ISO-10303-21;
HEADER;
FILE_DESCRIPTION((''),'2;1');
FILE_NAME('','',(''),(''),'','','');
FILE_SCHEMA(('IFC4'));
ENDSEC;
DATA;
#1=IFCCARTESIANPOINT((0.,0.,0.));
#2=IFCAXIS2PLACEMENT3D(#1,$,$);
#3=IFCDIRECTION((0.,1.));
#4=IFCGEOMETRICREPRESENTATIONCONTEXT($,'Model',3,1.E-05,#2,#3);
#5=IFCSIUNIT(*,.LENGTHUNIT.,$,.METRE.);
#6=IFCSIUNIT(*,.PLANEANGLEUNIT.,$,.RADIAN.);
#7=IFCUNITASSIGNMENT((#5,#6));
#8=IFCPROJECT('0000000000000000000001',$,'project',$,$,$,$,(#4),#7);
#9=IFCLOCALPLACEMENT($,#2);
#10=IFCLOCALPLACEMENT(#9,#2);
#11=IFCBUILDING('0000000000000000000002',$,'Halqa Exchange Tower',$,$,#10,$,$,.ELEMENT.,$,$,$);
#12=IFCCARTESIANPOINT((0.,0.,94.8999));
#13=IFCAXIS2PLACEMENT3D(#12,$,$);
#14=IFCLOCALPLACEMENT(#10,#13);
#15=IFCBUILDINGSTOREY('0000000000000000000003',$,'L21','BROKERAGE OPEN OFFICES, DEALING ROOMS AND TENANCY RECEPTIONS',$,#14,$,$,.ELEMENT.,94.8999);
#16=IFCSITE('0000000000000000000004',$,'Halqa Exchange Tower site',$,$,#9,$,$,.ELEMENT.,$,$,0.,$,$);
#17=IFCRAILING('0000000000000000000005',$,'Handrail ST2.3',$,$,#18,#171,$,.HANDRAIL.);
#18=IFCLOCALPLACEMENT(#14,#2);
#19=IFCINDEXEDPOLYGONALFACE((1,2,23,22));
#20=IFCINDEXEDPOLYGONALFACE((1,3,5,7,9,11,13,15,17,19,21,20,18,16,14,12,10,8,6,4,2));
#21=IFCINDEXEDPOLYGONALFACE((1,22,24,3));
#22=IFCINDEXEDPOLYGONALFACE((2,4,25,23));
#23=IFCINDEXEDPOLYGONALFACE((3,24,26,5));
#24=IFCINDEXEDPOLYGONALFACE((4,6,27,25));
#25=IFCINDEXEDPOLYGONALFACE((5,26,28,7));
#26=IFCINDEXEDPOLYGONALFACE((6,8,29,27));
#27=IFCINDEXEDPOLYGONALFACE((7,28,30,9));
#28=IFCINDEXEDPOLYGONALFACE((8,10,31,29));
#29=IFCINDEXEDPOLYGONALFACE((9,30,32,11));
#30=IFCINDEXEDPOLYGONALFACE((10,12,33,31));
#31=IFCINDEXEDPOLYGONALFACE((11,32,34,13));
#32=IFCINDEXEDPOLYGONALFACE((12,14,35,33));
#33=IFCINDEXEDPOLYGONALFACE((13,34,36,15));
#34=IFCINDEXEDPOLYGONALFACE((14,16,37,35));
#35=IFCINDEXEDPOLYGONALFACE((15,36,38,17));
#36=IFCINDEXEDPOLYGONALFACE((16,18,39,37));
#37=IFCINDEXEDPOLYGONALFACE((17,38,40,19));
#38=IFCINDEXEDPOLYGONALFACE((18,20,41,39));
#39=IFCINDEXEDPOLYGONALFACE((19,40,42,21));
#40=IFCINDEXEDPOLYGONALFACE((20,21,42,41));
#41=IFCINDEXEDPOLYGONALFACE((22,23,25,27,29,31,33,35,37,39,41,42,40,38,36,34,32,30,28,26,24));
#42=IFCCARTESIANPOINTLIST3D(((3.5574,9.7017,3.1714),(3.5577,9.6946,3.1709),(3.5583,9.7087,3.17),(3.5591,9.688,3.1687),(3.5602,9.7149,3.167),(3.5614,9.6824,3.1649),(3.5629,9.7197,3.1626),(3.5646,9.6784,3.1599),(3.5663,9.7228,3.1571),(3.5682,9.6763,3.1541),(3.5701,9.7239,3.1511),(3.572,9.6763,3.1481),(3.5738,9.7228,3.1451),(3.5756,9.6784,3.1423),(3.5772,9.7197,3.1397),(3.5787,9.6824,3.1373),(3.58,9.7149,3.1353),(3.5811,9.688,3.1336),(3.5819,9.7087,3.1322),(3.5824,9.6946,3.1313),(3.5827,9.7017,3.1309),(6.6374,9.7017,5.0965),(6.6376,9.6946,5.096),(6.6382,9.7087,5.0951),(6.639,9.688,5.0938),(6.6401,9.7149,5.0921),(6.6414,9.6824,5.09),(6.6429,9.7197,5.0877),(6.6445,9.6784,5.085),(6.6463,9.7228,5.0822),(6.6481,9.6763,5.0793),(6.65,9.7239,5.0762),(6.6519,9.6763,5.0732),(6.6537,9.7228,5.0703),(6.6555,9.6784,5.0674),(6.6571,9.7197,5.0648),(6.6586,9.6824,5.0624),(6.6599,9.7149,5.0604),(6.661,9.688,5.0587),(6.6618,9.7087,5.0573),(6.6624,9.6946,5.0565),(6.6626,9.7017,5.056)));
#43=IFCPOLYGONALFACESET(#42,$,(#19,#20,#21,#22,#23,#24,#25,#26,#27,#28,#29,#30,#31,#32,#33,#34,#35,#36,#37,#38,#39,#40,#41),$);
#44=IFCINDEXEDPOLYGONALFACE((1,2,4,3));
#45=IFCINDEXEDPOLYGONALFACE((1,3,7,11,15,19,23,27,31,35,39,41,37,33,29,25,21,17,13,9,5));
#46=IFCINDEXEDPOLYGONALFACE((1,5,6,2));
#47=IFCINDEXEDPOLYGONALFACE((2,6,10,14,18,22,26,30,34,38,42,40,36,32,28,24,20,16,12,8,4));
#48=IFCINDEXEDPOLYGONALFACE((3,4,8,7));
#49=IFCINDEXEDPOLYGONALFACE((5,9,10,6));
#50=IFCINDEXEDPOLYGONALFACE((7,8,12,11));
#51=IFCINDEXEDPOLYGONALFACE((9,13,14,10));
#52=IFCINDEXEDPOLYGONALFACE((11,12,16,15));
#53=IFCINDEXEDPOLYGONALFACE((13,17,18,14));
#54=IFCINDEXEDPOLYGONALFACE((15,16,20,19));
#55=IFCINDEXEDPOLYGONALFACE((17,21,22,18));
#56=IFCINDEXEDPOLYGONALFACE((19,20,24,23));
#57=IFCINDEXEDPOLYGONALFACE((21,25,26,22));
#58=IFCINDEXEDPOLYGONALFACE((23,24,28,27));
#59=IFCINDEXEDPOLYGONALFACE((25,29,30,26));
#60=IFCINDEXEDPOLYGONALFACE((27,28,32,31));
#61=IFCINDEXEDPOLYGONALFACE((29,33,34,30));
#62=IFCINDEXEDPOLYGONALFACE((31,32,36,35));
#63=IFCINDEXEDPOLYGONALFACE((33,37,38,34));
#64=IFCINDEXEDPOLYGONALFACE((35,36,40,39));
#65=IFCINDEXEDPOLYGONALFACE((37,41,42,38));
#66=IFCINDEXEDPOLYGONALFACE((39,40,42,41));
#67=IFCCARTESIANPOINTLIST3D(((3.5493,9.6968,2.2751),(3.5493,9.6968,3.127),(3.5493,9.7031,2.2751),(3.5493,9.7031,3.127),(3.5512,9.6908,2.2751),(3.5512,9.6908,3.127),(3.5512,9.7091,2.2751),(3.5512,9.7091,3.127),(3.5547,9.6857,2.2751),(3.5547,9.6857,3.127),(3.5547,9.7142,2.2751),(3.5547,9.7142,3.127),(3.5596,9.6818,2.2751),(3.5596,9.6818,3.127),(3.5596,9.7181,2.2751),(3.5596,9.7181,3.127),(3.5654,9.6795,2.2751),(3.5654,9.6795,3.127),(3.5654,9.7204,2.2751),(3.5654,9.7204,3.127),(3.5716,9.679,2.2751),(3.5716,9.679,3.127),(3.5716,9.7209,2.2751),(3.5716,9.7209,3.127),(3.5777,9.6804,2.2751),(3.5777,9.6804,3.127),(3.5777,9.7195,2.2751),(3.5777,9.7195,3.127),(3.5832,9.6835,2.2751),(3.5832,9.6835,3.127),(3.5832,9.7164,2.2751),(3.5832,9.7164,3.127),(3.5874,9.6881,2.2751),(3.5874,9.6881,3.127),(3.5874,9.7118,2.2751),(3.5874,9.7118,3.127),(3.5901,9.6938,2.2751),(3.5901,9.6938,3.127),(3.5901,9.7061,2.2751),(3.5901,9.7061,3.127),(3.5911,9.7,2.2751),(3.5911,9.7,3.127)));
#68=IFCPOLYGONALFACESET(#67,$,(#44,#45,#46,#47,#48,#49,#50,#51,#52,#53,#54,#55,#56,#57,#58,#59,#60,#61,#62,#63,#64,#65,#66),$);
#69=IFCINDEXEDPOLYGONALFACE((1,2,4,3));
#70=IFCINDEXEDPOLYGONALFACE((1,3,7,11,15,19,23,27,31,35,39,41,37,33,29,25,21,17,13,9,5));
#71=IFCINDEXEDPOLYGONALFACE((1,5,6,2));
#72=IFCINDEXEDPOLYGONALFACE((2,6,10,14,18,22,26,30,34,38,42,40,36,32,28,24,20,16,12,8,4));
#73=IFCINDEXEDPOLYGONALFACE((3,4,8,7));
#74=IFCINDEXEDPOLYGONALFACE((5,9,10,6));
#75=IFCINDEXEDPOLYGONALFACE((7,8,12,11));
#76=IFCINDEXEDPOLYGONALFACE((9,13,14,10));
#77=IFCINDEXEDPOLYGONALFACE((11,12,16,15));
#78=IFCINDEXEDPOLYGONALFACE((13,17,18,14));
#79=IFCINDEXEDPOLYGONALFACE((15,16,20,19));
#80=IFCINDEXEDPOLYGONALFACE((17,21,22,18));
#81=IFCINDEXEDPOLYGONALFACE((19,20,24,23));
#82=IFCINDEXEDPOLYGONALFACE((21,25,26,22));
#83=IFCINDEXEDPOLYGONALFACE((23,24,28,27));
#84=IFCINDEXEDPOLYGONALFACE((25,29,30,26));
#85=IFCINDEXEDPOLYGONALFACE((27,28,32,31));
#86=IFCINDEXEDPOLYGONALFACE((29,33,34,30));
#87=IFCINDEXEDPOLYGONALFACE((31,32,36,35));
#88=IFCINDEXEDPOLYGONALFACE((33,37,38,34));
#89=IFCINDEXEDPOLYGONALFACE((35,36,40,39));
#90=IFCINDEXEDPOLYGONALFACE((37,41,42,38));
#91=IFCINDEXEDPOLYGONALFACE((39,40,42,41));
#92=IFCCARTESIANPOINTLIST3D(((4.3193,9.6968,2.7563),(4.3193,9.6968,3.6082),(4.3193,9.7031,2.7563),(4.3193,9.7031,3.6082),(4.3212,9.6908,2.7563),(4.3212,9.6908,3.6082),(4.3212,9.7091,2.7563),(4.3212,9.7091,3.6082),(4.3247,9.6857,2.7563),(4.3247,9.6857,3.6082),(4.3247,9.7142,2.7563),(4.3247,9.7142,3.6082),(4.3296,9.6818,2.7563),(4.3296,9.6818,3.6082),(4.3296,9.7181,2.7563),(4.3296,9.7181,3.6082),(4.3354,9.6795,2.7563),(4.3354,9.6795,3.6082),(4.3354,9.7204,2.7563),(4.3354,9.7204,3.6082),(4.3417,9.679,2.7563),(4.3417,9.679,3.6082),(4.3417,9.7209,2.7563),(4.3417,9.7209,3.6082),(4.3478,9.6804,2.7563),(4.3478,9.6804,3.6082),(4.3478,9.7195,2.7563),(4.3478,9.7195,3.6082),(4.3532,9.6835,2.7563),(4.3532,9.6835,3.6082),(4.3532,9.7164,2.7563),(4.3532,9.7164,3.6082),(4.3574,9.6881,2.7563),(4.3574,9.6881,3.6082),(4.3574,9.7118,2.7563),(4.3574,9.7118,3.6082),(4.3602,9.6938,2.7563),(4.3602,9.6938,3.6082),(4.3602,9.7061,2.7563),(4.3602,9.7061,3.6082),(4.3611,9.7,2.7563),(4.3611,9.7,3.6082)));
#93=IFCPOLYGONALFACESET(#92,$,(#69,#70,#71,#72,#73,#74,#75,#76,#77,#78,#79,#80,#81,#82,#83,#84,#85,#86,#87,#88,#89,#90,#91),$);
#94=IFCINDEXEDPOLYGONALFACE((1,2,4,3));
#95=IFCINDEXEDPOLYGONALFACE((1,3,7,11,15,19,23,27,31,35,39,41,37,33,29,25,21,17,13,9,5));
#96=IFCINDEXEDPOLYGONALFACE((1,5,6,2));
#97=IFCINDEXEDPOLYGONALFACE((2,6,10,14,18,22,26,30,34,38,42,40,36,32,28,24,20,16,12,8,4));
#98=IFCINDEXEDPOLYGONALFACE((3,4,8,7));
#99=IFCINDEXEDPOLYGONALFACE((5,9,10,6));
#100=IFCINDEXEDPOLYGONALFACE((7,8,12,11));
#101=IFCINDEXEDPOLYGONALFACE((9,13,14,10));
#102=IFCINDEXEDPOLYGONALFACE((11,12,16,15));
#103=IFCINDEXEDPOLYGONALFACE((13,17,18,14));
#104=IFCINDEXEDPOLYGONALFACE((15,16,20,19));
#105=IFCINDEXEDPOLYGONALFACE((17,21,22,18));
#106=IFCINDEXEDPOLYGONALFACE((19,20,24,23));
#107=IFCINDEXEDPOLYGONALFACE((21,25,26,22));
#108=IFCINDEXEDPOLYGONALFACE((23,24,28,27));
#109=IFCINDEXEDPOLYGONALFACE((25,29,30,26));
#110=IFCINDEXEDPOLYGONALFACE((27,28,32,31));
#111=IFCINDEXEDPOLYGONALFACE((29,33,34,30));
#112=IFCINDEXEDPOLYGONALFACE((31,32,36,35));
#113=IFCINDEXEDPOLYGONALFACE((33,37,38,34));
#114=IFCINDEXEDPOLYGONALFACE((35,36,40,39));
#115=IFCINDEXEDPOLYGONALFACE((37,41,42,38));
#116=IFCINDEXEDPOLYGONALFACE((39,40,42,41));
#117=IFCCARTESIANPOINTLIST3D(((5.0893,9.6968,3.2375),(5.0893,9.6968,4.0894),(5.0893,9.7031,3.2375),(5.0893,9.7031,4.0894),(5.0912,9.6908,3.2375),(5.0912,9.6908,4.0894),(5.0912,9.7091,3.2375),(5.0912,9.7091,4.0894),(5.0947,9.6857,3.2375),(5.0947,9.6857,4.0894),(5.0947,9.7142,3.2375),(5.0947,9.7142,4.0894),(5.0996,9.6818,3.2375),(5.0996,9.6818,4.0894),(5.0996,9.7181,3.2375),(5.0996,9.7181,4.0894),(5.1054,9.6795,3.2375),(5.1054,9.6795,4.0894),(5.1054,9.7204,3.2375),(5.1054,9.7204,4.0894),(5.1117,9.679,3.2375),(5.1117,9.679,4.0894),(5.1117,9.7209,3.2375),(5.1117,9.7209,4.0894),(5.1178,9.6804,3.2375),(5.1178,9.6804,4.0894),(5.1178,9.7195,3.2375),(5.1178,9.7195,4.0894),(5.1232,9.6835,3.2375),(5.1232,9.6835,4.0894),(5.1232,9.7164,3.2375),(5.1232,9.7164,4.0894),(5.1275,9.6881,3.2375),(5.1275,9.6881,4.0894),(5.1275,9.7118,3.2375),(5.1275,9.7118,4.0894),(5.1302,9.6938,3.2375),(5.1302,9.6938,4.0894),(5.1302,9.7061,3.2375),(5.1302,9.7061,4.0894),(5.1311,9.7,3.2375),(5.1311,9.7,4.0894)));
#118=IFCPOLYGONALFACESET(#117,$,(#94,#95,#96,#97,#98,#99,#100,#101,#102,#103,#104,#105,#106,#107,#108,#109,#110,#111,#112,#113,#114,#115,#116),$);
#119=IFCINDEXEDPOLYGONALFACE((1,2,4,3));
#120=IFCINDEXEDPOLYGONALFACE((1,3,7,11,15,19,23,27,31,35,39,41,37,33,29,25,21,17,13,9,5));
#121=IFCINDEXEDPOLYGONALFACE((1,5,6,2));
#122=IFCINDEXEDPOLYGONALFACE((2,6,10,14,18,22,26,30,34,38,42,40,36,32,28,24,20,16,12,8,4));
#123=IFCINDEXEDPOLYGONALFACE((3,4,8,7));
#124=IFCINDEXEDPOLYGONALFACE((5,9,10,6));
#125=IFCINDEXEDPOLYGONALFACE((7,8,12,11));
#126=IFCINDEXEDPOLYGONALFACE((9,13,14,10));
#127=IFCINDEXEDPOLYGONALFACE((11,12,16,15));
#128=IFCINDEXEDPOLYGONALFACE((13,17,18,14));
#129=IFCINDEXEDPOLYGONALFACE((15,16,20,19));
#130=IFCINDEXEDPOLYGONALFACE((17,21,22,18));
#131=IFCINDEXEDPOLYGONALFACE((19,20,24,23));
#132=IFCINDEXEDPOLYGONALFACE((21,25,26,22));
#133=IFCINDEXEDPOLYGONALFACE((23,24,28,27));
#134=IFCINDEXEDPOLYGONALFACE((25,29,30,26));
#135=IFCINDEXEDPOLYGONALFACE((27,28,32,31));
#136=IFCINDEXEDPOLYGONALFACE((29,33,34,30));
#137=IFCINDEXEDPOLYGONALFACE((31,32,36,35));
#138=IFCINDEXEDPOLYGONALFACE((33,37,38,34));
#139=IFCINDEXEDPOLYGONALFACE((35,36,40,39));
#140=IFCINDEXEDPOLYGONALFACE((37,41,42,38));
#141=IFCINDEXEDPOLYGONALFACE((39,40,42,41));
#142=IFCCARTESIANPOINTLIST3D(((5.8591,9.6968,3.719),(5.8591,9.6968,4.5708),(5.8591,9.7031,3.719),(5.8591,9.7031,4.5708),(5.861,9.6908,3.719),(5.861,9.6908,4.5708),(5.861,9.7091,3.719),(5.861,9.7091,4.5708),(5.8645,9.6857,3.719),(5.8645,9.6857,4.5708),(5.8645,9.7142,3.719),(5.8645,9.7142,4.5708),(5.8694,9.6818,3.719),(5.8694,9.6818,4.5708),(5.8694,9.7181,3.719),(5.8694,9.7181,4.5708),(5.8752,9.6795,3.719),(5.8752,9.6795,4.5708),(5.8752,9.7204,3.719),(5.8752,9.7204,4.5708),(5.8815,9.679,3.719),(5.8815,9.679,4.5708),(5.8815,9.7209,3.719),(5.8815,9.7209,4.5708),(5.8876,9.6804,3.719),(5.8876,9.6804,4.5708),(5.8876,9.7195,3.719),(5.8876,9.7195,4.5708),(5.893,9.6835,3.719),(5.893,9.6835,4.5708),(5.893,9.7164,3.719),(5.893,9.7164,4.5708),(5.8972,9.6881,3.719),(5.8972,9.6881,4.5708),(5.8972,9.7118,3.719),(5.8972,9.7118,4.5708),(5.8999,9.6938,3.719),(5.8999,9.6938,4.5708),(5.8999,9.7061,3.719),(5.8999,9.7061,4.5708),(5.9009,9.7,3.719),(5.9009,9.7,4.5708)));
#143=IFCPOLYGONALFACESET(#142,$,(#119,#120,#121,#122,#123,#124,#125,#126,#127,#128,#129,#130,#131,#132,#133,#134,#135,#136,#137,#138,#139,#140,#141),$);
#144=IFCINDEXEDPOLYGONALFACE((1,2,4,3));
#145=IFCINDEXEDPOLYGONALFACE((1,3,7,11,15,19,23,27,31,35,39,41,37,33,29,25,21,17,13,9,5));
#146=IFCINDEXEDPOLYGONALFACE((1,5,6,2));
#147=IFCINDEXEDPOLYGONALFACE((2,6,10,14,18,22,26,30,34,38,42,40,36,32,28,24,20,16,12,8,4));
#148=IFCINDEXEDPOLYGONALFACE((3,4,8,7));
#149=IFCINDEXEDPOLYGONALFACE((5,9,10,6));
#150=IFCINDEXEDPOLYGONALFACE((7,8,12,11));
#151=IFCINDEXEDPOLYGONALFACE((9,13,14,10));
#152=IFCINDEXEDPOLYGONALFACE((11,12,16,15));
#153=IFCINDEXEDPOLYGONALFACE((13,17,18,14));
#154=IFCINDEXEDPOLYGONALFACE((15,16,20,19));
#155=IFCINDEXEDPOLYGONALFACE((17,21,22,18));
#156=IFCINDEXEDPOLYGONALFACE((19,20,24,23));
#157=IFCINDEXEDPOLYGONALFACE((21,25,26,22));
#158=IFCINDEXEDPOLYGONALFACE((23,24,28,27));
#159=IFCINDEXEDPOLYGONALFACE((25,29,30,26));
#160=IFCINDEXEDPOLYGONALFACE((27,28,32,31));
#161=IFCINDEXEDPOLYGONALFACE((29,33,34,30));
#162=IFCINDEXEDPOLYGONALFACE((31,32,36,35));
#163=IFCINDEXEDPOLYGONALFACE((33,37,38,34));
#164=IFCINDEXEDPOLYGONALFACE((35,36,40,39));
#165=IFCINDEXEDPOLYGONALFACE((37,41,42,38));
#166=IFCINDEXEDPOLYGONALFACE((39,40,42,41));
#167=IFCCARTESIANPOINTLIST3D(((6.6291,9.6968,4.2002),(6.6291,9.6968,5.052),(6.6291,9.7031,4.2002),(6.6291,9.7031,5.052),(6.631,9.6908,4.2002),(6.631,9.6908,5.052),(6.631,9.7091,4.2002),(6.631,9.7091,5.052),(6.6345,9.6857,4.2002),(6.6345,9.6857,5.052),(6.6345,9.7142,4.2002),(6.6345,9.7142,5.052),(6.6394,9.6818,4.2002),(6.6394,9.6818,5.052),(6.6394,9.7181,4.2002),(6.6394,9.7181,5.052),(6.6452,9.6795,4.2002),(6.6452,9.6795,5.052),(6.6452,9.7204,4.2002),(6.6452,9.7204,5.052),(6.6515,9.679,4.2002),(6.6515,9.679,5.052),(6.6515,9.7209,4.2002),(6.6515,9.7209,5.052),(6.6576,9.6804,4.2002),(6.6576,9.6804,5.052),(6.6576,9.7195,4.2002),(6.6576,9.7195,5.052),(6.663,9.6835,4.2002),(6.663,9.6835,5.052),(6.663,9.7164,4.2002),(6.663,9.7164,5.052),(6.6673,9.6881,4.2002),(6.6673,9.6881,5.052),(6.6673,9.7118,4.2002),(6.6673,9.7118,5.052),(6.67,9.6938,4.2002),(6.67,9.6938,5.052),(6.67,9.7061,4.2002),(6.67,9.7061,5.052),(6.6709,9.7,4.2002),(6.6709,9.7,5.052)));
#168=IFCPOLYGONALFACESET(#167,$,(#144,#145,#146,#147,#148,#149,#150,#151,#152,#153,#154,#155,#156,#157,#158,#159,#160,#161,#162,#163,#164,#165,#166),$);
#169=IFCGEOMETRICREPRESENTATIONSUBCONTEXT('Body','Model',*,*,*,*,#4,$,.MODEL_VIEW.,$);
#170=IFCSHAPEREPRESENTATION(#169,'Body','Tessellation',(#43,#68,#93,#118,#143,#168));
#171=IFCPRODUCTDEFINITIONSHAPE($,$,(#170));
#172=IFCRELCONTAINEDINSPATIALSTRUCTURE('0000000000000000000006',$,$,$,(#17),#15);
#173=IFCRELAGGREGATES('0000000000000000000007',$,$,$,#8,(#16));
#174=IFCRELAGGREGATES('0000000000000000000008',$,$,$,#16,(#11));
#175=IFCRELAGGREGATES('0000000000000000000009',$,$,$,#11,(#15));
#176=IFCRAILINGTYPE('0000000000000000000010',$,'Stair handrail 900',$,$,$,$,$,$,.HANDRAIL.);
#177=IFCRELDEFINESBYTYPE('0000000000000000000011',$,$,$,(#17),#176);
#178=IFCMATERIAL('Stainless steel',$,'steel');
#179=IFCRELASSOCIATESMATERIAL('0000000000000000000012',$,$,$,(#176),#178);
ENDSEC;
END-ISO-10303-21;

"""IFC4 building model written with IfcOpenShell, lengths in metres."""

from ifc_helpers import new_model, si_unit, direction, frame, origin, origin_2d, place, context, subcontext, project, spatial, circle, extrude, material, type_object, element, save


model = new_model("IFC4")

# Units and contexts
model_context = context("Model", 3, precision=1e-05, world=origin(), true_north=direction((0.0, 1.0)))
body_context = subcontext(model_context, "Body", "Model", "MODEL_VIEW")
ifc_project = project(units=[si_unit("LENGTHUNIT", "METRE"), si_unit("PLANEANGLEUNIT", "RADIAN")], contexts=[model_context])

# Site, building, storey
site_placement = place(None, origin())
site = spatial("IfcSite", under=ifc_project, at=site_placement, Name="Halqa Exchange Tower site", CompositionType="ELEMENT", RefElevation=0.0)
building_placement = place(site_placement, origin())
building = spatial("IfcBuilding", under=site, at=building_placement, Name="Halqa Exchange Tower", CompositionType="ELEMENT")
storey_placement = place(building_placement, frame((0.0, 0.0, 94.8999)))
storey = spatial("IfcBuildingStorey", under=building, at=storey_placement, Name="L21", Description="BROKERAGE OPEN OFFICES, DEALING ROOMS AND TENANCY RECEPTIONS", CompositionType="ELEMENT", Elevation=94.8999)

# Railing
ifc_material_1 = material(Name="Stainless steel", Category="steel")
railing_type_1 = type_object("IfcRailingType", Name="Stair handrail 900", PredefinedType="HANDRAIL", material=ifc_material_1)
railing_1_placement = place(storey_placement, frame((3.5701, 9.7, 2.2751)))
element("IfcRailing", 1, at=railing_1_placement, inside=storey, type_object=railing_type_1, Name="Handrail ST2.3", PredefinedType="HANDRAIL", context=body_context, shape_type="SweptSolid", body=[
    extrude(circle(Radius=0.0239, at=origin_2d()), frame((0.0, 0.0, 0.876), z_axis=(0.847979, 0.0, 0.530029), x_axis=(0.0, 1.0, 0.0)), (0.0, 0.0, 1.0), 3.6321),
    extrude(circle(Radius=0.021, at=origin_2d()), origin(), (0.0, 0.0, 1.0), 0.8518),
    extrude(circle(Radius=0.021, at=origin_2d()), frame((0.77, 0.0, 0.4812)), (0.0, 0.0, 1.0), 0.8518),
    extrude(circle(Radius=0.021, at=origin_2d()), frame((1.54, 0.0, 0.9624)), (0.0, 0.0, 1.0), 0.8518),
    extrude(circle(Radius=0.021, at=origin_2d()), frame((2.3098, 0.0, 1.4438)), (0.0, 0.0, 1.0), 0.8518),
    extrude(circle(Radius=0.021, at=origin_2d()), frame((3.0798, 0.0, 1.925)), (0.0, 0.0, 1.0), 0.8518),
])

save(model, "model.ifc")
